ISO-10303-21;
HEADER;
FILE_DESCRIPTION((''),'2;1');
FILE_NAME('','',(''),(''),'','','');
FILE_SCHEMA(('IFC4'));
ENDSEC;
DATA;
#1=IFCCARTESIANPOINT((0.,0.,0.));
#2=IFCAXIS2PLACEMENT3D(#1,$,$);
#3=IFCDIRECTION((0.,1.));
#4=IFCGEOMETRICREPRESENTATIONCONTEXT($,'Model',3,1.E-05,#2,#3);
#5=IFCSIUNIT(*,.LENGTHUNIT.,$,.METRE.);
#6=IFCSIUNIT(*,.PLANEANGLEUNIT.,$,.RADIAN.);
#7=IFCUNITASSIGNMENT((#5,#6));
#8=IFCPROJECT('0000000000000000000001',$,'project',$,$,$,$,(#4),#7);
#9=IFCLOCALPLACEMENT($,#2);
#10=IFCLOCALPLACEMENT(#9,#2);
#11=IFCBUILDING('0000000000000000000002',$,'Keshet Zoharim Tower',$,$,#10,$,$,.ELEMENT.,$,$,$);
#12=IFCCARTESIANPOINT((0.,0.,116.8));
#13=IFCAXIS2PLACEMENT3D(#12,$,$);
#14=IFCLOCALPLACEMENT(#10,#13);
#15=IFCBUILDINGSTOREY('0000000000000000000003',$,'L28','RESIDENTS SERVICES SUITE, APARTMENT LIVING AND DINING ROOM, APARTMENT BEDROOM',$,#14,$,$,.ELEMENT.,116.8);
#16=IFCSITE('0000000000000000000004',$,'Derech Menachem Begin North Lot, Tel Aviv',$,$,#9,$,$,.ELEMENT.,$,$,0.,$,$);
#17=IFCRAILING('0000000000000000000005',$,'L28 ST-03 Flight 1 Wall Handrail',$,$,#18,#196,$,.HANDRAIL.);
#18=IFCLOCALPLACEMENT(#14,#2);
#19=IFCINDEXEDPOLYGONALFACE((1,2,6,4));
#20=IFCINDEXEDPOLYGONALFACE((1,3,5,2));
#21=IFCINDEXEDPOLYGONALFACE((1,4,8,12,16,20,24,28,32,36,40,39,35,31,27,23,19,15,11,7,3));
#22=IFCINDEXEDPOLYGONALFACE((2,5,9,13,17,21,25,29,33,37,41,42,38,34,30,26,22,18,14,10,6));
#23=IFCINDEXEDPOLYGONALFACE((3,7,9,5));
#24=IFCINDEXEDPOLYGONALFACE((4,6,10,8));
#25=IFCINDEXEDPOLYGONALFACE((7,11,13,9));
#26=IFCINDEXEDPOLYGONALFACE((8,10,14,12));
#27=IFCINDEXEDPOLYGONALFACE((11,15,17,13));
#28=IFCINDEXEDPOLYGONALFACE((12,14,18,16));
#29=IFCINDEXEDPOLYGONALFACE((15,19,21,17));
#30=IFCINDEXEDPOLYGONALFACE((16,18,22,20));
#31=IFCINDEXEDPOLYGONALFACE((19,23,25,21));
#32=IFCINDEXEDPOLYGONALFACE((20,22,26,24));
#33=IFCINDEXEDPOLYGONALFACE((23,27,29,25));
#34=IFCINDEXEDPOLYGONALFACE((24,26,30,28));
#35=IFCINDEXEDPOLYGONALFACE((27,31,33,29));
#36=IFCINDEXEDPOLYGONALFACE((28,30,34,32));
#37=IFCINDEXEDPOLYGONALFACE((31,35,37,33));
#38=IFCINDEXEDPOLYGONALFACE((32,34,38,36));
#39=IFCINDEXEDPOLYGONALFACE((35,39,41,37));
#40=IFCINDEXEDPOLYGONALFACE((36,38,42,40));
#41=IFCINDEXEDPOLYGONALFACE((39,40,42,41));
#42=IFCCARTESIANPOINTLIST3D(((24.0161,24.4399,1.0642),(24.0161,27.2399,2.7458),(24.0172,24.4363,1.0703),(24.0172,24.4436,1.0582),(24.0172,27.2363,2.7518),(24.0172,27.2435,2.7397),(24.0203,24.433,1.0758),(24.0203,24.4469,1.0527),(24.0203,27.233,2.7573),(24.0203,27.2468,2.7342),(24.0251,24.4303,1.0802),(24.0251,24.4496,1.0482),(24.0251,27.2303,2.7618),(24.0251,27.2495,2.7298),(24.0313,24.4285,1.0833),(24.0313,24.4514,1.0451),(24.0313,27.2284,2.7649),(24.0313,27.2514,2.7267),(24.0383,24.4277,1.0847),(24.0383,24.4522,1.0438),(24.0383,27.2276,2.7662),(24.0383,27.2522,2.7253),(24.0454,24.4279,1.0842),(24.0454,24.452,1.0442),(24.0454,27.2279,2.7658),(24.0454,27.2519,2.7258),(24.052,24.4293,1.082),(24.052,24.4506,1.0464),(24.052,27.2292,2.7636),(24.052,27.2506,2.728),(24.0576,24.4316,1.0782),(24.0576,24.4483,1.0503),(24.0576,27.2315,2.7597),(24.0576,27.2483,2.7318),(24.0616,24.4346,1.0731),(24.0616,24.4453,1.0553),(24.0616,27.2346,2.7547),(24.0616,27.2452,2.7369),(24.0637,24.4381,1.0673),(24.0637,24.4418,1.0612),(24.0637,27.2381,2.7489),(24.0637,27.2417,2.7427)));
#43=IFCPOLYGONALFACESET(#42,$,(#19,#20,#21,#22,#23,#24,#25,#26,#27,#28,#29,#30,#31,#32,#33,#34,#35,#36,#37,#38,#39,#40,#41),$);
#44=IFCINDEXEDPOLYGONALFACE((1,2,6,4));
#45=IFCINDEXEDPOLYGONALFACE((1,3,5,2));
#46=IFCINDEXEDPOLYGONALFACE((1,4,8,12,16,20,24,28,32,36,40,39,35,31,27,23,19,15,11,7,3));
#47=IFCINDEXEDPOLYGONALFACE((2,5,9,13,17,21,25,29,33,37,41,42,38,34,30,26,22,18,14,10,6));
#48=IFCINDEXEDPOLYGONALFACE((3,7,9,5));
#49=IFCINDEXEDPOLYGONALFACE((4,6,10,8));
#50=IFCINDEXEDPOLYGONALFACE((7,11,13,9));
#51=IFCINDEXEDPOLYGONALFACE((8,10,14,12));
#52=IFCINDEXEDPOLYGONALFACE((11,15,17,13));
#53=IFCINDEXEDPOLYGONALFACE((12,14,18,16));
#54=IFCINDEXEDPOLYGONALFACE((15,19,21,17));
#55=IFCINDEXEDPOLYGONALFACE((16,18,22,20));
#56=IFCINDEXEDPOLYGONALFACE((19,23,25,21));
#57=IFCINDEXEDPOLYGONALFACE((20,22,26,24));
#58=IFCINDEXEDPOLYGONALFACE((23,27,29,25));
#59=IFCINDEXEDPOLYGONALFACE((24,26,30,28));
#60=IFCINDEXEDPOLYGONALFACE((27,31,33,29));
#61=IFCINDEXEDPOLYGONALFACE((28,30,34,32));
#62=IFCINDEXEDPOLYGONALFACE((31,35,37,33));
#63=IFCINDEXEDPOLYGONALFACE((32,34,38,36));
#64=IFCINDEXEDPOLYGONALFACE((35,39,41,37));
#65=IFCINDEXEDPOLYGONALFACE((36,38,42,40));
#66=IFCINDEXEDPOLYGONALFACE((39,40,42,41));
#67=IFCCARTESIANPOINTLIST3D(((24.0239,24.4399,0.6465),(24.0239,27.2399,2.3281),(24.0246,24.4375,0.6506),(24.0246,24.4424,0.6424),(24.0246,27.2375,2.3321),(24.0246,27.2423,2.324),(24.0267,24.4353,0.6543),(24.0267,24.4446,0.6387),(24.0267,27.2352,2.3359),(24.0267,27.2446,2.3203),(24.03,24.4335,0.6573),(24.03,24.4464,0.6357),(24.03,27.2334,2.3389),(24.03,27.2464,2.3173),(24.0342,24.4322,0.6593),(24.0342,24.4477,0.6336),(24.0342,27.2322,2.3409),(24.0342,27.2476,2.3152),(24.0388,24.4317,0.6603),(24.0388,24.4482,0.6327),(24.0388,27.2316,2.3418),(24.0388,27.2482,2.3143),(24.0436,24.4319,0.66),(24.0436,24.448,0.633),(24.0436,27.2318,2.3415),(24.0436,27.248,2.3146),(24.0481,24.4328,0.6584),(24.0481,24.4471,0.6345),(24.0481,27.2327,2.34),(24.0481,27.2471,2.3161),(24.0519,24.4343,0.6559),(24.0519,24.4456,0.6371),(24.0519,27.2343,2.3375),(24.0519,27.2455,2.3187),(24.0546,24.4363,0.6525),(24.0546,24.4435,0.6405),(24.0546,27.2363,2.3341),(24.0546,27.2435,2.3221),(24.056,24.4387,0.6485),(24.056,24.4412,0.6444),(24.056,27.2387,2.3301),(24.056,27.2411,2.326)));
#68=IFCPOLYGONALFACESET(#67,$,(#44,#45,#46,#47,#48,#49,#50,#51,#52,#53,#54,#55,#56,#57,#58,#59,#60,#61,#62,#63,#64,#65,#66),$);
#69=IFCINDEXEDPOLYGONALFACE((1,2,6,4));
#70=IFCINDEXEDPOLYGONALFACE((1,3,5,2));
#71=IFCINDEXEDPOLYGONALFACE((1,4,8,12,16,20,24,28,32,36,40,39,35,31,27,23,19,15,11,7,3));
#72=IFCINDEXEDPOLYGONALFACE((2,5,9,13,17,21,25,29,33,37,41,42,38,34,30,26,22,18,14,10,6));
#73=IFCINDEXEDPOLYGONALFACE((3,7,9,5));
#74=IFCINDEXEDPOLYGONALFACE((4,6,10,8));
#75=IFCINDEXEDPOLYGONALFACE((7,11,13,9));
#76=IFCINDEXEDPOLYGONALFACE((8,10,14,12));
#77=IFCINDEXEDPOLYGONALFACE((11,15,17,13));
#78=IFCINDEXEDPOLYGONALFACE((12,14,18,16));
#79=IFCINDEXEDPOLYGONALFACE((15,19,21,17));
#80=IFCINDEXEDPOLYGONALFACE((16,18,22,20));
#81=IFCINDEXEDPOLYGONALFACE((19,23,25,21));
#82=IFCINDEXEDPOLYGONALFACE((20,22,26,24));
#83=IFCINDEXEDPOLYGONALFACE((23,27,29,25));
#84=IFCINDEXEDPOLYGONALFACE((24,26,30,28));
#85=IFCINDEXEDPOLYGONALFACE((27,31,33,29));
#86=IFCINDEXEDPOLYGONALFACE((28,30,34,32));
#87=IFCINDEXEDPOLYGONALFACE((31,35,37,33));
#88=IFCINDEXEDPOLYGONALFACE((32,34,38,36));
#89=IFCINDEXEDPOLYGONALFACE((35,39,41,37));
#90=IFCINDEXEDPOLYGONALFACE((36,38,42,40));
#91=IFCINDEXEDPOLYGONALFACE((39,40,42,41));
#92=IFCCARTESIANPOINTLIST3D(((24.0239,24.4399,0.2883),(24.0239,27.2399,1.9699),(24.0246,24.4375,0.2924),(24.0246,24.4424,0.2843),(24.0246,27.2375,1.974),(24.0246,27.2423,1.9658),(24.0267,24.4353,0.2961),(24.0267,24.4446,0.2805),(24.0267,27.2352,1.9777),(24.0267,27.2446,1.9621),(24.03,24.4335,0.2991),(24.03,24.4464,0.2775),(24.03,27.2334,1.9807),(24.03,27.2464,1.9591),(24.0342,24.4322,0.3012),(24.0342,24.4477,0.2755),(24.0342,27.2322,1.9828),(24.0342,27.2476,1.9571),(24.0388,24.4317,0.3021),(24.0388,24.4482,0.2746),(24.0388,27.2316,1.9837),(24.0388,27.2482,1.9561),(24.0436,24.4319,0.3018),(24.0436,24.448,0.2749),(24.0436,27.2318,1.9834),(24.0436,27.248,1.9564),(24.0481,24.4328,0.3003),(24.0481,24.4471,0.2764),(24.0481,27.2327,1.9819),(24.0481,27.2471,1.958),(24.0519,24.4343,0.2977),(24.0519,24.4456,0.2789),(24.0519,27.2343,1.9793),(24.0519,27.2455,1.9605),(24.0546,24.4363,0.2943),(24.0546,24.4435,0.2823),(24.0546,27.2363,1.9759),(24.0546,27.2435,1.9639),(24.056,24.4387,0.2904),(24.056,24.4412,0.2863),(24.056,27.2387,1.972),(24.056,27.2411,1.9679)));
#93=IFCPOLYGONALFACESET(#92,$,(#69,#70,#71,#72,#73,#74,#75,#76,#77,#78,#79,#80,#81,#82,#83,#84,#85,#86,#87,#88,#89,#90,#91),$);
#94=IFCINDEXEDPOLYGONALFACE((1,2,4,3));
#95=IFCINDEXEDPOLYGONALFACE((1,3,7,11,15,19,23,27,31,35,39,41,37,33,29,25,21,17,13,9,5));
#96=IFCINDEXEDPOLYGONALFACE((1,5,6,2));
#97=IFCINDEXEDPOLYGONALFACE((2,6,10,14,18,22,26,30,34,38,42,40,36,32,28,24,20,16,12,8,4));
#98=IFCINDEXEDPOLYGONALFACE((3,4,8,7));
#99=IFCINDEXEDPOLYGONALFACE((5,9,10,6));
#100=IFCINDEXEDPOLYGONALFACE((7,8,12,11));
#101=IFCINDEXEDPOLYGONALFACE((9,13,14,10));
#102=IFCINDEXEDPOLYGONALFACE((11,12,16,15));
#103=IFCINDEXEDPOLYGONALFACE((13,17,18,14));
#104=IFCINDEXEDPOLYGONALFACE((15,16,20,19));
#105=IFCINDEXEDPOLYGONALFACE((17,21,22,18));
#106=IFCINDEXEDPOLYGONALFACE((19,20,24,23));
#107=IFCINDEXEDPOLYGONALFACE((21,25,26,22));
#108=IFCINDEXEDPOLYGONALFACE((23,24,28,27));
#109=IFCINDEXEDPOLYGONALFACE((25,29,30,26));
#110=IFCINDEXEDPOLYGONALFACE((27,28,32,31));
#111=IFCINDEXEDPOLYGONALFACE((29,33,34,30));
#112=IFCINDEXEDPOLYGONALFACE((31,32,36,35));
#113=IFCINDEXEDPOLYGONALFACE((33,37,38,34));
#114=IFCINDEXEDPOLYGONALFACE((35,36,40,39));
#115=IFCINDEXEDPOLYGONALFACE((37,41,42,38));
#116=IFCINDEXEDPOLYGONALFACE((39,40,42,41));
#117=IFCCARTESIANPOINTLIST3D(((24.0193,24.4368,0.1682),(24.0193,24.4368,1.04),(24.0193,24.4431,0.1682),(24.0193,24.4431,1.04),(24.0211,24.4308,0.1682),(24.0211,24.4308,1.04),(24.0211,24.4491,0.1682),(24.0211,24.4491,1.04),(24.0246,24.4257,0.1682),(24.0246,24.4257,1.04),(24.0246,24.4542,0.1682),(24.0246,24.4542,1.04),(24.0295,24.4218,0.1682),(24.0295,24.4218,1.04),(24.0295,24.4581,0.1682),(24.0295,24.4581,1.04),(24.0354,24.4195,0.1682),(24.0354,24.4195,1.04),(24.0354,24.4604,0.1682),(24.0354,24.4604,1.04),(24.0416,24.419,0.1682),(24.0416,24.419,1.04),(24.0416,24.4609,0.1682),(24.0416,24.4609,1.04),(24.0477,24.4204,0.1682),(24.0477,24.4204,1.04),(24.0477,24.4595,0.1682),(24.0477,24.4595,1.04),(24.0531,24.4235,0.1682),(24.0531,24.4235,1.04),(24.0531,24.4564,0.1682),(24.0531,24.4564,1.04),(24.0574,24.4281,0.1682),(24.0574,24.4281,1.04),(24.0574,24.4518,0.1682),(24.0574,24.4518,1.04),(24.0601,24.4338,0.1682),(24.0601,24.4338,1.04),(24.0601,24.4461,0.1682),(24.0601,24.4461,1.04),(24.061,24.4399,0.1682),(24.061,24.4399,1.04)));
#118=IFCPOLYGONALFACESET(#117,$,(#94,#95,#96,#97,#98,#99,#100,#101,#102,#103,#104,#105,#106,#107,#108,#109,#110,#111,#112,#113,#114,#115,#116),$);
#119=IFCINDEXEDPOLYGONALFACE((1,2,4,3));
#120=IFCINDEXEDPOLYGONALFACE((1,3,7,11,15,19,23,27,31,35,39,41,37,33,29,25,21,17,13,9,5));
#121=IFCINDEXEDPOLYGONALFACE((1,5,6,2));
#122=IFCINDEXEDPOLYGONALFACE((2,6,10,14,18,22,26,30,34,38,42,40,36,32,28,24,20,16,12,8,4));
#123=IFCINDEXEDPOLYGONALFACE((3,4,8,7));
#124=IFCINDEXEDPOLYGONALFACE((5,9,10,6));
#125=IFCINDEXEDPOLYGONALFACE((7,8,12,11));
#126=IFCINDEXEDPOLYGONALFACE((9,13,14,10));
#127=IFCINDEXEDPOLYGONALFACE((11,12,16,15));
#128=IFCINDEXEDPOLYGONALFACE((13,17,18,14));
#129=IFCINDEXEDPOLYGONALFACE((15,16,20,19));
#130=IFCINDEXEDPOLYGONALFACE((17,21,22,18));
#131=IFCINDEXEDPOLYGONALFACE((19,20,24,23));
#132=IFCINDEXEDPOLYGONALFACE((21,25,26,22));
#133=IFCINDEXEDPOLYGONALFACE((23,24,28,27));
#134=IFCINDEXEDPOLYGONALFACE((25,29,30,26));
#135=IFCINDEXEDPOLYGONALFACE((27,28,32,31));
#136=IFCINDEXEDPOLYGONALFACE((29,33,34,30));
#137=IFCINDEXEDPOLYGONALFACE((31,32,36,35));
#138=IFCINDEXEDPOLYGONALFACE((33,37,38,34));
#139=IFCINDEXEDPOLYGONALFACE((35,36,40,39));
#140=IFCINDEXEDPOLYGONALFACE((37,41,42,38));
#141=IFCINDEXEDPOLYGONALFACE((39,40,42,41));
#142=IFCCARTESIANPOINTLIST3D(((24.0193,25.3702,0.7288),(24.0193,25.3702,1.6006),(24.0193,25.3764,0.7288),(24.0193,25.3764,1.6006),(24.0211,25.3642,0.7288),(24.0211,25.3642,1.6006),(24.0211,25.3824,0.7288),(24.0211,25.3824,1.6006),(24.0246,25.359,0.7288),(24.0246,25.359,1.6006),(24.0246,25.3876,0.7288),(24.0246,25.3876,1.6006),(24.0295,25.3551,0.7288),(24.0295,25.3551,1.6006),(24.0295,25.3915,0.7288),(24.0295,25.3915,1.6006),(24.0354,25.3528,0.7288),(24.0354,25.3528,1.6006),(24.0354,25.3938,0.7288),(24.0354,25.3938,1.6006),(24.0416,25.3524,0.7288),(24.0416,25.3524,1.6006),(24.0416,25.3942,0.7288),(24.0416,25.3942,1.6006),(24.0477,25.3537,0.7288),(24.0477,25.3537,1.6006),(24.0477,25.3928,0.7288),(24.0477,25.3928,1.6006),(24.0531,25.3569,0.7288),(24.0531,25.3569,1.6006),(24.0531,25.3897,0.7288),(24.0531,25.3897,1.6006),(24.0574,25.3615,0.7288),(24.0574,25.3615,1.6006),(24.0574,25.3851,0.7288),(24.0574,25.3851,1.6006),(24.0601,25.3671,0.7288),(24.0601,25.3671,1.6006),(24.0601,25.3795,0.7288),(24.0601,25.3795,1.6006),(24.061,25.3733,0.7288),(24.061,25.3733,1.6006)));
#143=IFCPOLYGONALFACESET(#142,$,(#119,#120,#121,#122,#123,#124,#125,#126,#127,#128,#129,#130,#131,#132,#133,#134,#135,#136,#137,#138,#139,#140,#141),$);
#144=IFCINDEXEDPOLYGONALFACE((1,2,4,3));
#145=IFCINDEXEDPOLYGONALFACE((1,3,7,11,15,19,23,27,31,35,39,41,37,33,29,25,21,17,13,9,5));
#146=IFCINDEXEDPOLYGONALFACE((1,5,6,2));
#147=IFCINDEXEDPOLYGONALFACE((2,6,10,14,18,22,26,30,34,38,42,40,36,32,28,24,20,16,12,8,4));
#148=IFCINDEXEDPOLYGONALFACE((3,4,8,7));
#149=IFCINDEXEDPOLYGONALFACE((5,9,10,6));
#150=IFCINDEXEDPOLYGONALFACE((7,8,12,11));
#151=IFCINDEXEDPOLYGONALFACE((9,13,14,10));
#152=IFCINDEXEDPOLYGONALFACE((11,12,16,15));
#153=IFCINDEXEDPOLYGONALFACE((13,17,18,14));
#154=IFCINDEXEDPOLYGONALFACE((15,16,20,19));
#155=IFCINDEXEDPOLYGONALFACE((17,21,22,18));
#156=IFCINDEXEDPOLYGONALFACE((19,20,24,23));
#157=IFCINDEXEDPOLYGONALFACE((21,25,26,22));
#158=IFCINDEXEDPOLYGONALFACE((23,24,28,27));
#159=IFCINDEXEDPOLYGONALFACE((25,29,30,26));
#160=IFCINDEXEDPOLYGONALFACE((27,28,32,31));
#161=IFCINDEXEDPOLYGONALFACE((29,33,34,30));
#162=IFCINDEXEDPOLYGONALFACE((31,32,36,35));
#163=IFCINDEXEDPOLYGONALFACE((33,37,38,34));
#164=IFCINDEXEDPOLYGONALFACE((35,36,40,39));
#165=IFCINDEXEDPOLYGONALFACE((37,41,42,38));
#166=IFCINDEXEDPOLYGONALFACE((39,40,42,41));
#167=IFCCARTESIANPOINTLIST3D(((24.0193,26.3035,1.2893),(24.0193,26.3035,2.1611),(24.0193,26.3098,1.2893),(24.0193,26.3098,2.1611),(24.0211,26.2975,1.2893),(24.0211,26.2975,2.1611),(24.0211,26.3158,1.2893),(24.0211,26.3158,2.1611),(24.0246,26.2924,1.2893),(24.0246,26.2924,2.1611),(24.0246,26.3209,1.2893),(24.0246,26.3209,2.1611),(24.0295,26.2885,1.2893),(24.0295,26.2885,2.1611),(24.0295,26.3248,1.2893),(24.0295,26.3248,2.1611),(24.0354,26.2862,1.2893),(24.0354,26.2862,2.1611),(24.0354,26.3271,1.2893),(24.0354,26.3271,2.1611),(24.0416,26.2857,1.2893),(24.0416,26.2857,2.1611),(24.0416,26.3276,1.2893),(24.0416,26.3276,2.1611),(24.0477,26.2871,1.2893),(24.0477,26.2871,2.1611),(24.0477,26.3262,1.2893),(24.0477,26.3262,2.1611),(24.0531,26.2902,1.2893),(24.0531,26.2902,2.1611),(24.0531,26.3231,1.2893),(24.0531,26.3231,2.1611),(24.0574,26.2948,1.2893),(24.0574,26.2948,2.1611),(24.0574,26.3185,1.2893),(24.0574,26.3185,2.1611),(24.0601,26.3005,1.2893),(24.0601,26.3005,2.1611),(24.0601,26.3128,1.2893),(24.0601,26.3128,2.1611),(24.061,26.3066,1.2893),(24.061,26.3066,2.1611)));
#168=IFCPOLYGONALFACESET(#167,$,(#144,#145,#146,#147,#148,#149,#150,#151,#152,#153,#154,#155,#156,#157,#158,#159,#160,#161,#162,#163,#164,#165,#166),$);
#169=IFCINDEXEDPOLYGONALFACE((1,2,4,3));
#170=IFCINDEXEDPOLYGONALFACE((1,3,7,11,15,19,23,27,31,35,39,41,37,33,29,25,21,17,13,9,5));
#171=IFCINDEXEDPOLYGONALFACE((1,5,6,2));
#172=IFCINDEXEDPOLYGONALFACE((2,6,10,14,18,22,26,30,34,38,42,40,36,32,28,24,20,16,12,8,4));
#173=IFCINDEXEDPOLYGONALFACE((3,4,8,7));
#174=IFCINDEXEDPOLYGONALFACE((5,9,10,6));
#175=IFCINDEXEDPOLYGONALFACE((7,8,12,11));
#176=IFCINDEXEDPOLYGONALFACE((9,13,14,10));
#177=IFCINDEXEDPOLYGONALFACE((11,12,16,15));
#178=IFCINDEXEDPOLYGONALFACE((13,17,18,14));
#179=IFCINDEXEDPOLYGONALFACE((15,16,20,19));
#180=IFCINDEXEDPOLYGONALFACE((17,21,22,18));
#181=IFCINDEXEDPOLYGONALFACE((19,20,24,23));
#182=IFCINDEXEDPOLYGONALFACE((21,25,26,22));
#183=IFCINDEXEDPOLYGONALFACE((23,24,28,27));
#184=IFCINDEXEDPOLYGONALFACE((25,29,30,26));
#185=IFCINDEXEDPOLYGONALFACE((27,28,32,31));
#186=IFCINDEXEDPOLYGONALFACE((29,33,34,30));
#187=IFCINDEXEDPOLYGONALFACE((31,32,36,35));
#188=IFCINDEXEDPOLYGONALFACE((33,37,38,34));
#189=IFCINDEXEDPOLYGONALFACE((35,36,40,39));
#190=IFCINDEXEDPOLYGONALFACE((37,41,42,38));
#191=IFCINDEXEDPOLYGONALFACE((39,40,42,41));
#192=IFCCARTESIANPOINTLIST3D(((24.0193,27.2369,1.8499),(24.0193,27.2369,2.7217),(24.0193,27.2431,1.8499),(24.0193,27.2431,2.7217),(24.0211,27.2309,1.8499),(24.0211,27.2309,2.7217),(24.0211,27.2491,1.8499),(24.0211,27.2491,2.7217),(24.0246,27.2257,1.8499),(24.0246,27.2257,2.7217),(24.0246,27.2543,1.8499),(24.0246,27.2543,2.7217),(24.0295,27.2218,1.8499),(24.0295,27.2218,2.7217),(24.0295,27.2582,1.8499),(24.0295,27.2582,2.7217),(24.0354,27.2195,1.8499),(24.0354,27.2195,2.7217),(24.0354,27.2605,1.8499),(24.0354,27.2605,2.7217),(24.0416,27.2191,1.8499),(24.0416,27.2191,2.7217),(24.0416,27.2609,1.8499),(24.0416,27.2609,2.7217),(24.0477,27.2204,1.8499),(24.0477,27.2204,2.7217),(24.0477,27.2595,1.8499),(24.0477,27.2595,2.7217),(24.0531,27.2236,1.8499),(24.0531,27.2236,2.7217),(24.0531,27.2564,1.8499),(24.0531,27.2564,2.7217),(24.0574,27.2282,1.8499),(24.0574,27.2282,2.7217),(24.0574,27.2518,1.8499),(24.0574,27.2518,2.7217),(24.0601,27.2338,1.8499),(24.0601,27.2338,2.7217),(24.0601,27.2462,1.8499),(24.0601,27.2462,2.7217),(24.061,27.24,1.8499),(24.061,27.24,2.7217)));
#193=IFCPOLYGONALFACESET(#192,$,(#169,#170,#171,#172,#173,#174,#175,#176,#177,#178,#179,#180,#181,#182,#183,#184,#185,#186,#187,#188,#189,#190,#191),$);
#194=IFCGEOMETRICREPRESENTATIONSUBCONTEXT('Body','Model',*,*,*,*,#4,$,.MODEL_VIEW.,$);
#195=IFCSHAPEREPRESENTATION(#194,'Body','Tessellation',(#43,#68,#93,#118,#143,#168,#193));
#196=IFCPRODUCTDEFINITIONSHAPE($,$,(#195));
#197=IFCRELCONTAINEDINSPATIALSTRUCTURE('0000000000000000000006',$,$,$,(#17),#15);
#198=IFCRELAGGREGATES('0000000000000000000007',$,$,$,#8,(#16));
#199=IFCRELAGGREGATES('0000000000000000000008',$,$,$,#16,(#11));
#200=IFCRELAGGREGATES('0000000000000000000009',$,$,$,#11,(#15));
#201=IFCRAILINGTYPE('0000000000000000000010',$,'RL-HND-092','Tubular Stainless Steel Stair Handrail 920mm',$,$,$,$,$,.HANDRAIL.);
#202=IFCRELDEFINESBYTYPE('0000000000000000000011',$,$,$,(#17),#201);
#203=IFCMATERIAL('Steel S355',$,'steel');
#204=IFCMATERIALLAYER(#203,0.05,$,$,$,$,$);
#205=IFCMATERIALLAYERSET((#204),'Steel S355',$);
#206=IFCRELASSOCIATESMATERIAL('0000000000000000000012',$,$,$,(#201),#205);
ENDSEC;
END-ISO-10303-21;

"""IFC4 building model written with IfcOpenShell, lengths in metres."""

from ifc_helpers import new_model, si_unit, direction, frame, origin, origin_2d, place, context, subcontext, project, spatial, circle, extrude, material, layer, layer_set, type_object, element, save


model = new_model("IFC4")

# Units and contexts
model_context = context("Model", 3, precision=1e-05, world=origin(), true_north=direction((0.0, 1.0)))
body_context = subcontext(model_context, "Body", "Model", "MODEL_VIEW")
ifc_project = project(units=[si_unit("LENGTHUNIT", "METRE"), si_unit("PLANEANGLEUNIT", "RADIAN")], contexts=[model_context])

# Site, building, storey
site_placement = place(None, origin())
site = spatial("IfcSite", under=ifc_project, at=site_placement, Name="Derech Menachem Begin North Lot, Tel Aviv", CompositionType="ELEMENT", RefElevation=0.0)
building_placement = place(site_placement, origin())
building = spatial("IfcBuilding", under=site, at=building_placement, Name="Keshet Zoharim Tower", CompositionType="ELEMENT")
storey_placement = place(building_placement, frame((0.0, 0.0, 116.8)))
storey = spatial("IfcBuildingStorey", under=building, at=storey_placement, Name="L28", Description="RESIDENTS SERVICES SUITE, APARTMENT LIVING AND DINING ROOM, APARTMENT BEDROOM", CompositionType="ELEMENT", Elevation=116.8)

# Shared definitions
ifc_material_1 = material(Name="Steel S355", Category="steel")

# Railing
ifc_layer_1 = layer(ifc_material_1, 0.05)
ifc_layer_set_1 = layer_set([ifc_layer_1], Name="Steel S355")
railing_type_1 = type_object("IfcRailingType", Name="RL-HND-092", Description="Tubular Stainless Steel Stair Handrail 920mm", PredefinedType="HANDRAIL", material=ifc_layer_set_1)
railing_1_placement = place(storey_placement, frame((24.04, 24.4399, 0.1682)))
element("IfcRailing", 1, at=railing_1_placement, inside=storey, type_object=railing_type_1, Name="L28 ST-03 Flight 1 Wall Handrail", PredefinedType="HANDRAIL", context=body_context, shape_type="SweptSolid", body=[
    extrude(circle(Radius=0.0239, at=origin_2d()), frame((0.0, 0.0, 0.896), z_axis=(0.0, 0.857275, 0.514858), x_axis=(-1.0, 0.0, 0.0)), (0.0, 0.0, 1.0), 3.2661),
    extrude(circle(Radius=0.0161, at=origin_2d()), frame((0.0, 0.0, 0.4783), z_axis=(0.0, 0.857275, 0.514858), x_axis=(-1.0, 0.0, 0.0)), (0.0, 0.0, 1.0), 3.2661),
    extrude(circle(Radius=0.0161, at=origin_2d()), frame((0.0, 0.0, 0.1201), z_axis=(0.0, 0.857275, 0.514858), x_axis=(-1.0, 0.0, 0.0)), (0.0, 0.0, 1.0), 3.2661),
    extrude(circle(Radius=0.021, at=origin_2d()), origin(), (0.0, 0.0, 1.0), 0.8718),
    extrude(circle(Radius=0.021, at=origin_2d()), frame((0.0, 0.9333, 0.5605)), (0.0, 0.0, 1.0), 0.8718),
    extrude(circle(Radius=0.021, at=origin_2d()), frame((0.0, 1.8667, 1.1211)), (0.0, 0.0, 1.0), 0.8718),
    extrude(circle(Radius=0.021, at=origin_2d()), frame((0.0, 2.8, 1.6816)), (0.0, 0.0, 1.0), 0.8718),
])

save(model, "model.ifc")
